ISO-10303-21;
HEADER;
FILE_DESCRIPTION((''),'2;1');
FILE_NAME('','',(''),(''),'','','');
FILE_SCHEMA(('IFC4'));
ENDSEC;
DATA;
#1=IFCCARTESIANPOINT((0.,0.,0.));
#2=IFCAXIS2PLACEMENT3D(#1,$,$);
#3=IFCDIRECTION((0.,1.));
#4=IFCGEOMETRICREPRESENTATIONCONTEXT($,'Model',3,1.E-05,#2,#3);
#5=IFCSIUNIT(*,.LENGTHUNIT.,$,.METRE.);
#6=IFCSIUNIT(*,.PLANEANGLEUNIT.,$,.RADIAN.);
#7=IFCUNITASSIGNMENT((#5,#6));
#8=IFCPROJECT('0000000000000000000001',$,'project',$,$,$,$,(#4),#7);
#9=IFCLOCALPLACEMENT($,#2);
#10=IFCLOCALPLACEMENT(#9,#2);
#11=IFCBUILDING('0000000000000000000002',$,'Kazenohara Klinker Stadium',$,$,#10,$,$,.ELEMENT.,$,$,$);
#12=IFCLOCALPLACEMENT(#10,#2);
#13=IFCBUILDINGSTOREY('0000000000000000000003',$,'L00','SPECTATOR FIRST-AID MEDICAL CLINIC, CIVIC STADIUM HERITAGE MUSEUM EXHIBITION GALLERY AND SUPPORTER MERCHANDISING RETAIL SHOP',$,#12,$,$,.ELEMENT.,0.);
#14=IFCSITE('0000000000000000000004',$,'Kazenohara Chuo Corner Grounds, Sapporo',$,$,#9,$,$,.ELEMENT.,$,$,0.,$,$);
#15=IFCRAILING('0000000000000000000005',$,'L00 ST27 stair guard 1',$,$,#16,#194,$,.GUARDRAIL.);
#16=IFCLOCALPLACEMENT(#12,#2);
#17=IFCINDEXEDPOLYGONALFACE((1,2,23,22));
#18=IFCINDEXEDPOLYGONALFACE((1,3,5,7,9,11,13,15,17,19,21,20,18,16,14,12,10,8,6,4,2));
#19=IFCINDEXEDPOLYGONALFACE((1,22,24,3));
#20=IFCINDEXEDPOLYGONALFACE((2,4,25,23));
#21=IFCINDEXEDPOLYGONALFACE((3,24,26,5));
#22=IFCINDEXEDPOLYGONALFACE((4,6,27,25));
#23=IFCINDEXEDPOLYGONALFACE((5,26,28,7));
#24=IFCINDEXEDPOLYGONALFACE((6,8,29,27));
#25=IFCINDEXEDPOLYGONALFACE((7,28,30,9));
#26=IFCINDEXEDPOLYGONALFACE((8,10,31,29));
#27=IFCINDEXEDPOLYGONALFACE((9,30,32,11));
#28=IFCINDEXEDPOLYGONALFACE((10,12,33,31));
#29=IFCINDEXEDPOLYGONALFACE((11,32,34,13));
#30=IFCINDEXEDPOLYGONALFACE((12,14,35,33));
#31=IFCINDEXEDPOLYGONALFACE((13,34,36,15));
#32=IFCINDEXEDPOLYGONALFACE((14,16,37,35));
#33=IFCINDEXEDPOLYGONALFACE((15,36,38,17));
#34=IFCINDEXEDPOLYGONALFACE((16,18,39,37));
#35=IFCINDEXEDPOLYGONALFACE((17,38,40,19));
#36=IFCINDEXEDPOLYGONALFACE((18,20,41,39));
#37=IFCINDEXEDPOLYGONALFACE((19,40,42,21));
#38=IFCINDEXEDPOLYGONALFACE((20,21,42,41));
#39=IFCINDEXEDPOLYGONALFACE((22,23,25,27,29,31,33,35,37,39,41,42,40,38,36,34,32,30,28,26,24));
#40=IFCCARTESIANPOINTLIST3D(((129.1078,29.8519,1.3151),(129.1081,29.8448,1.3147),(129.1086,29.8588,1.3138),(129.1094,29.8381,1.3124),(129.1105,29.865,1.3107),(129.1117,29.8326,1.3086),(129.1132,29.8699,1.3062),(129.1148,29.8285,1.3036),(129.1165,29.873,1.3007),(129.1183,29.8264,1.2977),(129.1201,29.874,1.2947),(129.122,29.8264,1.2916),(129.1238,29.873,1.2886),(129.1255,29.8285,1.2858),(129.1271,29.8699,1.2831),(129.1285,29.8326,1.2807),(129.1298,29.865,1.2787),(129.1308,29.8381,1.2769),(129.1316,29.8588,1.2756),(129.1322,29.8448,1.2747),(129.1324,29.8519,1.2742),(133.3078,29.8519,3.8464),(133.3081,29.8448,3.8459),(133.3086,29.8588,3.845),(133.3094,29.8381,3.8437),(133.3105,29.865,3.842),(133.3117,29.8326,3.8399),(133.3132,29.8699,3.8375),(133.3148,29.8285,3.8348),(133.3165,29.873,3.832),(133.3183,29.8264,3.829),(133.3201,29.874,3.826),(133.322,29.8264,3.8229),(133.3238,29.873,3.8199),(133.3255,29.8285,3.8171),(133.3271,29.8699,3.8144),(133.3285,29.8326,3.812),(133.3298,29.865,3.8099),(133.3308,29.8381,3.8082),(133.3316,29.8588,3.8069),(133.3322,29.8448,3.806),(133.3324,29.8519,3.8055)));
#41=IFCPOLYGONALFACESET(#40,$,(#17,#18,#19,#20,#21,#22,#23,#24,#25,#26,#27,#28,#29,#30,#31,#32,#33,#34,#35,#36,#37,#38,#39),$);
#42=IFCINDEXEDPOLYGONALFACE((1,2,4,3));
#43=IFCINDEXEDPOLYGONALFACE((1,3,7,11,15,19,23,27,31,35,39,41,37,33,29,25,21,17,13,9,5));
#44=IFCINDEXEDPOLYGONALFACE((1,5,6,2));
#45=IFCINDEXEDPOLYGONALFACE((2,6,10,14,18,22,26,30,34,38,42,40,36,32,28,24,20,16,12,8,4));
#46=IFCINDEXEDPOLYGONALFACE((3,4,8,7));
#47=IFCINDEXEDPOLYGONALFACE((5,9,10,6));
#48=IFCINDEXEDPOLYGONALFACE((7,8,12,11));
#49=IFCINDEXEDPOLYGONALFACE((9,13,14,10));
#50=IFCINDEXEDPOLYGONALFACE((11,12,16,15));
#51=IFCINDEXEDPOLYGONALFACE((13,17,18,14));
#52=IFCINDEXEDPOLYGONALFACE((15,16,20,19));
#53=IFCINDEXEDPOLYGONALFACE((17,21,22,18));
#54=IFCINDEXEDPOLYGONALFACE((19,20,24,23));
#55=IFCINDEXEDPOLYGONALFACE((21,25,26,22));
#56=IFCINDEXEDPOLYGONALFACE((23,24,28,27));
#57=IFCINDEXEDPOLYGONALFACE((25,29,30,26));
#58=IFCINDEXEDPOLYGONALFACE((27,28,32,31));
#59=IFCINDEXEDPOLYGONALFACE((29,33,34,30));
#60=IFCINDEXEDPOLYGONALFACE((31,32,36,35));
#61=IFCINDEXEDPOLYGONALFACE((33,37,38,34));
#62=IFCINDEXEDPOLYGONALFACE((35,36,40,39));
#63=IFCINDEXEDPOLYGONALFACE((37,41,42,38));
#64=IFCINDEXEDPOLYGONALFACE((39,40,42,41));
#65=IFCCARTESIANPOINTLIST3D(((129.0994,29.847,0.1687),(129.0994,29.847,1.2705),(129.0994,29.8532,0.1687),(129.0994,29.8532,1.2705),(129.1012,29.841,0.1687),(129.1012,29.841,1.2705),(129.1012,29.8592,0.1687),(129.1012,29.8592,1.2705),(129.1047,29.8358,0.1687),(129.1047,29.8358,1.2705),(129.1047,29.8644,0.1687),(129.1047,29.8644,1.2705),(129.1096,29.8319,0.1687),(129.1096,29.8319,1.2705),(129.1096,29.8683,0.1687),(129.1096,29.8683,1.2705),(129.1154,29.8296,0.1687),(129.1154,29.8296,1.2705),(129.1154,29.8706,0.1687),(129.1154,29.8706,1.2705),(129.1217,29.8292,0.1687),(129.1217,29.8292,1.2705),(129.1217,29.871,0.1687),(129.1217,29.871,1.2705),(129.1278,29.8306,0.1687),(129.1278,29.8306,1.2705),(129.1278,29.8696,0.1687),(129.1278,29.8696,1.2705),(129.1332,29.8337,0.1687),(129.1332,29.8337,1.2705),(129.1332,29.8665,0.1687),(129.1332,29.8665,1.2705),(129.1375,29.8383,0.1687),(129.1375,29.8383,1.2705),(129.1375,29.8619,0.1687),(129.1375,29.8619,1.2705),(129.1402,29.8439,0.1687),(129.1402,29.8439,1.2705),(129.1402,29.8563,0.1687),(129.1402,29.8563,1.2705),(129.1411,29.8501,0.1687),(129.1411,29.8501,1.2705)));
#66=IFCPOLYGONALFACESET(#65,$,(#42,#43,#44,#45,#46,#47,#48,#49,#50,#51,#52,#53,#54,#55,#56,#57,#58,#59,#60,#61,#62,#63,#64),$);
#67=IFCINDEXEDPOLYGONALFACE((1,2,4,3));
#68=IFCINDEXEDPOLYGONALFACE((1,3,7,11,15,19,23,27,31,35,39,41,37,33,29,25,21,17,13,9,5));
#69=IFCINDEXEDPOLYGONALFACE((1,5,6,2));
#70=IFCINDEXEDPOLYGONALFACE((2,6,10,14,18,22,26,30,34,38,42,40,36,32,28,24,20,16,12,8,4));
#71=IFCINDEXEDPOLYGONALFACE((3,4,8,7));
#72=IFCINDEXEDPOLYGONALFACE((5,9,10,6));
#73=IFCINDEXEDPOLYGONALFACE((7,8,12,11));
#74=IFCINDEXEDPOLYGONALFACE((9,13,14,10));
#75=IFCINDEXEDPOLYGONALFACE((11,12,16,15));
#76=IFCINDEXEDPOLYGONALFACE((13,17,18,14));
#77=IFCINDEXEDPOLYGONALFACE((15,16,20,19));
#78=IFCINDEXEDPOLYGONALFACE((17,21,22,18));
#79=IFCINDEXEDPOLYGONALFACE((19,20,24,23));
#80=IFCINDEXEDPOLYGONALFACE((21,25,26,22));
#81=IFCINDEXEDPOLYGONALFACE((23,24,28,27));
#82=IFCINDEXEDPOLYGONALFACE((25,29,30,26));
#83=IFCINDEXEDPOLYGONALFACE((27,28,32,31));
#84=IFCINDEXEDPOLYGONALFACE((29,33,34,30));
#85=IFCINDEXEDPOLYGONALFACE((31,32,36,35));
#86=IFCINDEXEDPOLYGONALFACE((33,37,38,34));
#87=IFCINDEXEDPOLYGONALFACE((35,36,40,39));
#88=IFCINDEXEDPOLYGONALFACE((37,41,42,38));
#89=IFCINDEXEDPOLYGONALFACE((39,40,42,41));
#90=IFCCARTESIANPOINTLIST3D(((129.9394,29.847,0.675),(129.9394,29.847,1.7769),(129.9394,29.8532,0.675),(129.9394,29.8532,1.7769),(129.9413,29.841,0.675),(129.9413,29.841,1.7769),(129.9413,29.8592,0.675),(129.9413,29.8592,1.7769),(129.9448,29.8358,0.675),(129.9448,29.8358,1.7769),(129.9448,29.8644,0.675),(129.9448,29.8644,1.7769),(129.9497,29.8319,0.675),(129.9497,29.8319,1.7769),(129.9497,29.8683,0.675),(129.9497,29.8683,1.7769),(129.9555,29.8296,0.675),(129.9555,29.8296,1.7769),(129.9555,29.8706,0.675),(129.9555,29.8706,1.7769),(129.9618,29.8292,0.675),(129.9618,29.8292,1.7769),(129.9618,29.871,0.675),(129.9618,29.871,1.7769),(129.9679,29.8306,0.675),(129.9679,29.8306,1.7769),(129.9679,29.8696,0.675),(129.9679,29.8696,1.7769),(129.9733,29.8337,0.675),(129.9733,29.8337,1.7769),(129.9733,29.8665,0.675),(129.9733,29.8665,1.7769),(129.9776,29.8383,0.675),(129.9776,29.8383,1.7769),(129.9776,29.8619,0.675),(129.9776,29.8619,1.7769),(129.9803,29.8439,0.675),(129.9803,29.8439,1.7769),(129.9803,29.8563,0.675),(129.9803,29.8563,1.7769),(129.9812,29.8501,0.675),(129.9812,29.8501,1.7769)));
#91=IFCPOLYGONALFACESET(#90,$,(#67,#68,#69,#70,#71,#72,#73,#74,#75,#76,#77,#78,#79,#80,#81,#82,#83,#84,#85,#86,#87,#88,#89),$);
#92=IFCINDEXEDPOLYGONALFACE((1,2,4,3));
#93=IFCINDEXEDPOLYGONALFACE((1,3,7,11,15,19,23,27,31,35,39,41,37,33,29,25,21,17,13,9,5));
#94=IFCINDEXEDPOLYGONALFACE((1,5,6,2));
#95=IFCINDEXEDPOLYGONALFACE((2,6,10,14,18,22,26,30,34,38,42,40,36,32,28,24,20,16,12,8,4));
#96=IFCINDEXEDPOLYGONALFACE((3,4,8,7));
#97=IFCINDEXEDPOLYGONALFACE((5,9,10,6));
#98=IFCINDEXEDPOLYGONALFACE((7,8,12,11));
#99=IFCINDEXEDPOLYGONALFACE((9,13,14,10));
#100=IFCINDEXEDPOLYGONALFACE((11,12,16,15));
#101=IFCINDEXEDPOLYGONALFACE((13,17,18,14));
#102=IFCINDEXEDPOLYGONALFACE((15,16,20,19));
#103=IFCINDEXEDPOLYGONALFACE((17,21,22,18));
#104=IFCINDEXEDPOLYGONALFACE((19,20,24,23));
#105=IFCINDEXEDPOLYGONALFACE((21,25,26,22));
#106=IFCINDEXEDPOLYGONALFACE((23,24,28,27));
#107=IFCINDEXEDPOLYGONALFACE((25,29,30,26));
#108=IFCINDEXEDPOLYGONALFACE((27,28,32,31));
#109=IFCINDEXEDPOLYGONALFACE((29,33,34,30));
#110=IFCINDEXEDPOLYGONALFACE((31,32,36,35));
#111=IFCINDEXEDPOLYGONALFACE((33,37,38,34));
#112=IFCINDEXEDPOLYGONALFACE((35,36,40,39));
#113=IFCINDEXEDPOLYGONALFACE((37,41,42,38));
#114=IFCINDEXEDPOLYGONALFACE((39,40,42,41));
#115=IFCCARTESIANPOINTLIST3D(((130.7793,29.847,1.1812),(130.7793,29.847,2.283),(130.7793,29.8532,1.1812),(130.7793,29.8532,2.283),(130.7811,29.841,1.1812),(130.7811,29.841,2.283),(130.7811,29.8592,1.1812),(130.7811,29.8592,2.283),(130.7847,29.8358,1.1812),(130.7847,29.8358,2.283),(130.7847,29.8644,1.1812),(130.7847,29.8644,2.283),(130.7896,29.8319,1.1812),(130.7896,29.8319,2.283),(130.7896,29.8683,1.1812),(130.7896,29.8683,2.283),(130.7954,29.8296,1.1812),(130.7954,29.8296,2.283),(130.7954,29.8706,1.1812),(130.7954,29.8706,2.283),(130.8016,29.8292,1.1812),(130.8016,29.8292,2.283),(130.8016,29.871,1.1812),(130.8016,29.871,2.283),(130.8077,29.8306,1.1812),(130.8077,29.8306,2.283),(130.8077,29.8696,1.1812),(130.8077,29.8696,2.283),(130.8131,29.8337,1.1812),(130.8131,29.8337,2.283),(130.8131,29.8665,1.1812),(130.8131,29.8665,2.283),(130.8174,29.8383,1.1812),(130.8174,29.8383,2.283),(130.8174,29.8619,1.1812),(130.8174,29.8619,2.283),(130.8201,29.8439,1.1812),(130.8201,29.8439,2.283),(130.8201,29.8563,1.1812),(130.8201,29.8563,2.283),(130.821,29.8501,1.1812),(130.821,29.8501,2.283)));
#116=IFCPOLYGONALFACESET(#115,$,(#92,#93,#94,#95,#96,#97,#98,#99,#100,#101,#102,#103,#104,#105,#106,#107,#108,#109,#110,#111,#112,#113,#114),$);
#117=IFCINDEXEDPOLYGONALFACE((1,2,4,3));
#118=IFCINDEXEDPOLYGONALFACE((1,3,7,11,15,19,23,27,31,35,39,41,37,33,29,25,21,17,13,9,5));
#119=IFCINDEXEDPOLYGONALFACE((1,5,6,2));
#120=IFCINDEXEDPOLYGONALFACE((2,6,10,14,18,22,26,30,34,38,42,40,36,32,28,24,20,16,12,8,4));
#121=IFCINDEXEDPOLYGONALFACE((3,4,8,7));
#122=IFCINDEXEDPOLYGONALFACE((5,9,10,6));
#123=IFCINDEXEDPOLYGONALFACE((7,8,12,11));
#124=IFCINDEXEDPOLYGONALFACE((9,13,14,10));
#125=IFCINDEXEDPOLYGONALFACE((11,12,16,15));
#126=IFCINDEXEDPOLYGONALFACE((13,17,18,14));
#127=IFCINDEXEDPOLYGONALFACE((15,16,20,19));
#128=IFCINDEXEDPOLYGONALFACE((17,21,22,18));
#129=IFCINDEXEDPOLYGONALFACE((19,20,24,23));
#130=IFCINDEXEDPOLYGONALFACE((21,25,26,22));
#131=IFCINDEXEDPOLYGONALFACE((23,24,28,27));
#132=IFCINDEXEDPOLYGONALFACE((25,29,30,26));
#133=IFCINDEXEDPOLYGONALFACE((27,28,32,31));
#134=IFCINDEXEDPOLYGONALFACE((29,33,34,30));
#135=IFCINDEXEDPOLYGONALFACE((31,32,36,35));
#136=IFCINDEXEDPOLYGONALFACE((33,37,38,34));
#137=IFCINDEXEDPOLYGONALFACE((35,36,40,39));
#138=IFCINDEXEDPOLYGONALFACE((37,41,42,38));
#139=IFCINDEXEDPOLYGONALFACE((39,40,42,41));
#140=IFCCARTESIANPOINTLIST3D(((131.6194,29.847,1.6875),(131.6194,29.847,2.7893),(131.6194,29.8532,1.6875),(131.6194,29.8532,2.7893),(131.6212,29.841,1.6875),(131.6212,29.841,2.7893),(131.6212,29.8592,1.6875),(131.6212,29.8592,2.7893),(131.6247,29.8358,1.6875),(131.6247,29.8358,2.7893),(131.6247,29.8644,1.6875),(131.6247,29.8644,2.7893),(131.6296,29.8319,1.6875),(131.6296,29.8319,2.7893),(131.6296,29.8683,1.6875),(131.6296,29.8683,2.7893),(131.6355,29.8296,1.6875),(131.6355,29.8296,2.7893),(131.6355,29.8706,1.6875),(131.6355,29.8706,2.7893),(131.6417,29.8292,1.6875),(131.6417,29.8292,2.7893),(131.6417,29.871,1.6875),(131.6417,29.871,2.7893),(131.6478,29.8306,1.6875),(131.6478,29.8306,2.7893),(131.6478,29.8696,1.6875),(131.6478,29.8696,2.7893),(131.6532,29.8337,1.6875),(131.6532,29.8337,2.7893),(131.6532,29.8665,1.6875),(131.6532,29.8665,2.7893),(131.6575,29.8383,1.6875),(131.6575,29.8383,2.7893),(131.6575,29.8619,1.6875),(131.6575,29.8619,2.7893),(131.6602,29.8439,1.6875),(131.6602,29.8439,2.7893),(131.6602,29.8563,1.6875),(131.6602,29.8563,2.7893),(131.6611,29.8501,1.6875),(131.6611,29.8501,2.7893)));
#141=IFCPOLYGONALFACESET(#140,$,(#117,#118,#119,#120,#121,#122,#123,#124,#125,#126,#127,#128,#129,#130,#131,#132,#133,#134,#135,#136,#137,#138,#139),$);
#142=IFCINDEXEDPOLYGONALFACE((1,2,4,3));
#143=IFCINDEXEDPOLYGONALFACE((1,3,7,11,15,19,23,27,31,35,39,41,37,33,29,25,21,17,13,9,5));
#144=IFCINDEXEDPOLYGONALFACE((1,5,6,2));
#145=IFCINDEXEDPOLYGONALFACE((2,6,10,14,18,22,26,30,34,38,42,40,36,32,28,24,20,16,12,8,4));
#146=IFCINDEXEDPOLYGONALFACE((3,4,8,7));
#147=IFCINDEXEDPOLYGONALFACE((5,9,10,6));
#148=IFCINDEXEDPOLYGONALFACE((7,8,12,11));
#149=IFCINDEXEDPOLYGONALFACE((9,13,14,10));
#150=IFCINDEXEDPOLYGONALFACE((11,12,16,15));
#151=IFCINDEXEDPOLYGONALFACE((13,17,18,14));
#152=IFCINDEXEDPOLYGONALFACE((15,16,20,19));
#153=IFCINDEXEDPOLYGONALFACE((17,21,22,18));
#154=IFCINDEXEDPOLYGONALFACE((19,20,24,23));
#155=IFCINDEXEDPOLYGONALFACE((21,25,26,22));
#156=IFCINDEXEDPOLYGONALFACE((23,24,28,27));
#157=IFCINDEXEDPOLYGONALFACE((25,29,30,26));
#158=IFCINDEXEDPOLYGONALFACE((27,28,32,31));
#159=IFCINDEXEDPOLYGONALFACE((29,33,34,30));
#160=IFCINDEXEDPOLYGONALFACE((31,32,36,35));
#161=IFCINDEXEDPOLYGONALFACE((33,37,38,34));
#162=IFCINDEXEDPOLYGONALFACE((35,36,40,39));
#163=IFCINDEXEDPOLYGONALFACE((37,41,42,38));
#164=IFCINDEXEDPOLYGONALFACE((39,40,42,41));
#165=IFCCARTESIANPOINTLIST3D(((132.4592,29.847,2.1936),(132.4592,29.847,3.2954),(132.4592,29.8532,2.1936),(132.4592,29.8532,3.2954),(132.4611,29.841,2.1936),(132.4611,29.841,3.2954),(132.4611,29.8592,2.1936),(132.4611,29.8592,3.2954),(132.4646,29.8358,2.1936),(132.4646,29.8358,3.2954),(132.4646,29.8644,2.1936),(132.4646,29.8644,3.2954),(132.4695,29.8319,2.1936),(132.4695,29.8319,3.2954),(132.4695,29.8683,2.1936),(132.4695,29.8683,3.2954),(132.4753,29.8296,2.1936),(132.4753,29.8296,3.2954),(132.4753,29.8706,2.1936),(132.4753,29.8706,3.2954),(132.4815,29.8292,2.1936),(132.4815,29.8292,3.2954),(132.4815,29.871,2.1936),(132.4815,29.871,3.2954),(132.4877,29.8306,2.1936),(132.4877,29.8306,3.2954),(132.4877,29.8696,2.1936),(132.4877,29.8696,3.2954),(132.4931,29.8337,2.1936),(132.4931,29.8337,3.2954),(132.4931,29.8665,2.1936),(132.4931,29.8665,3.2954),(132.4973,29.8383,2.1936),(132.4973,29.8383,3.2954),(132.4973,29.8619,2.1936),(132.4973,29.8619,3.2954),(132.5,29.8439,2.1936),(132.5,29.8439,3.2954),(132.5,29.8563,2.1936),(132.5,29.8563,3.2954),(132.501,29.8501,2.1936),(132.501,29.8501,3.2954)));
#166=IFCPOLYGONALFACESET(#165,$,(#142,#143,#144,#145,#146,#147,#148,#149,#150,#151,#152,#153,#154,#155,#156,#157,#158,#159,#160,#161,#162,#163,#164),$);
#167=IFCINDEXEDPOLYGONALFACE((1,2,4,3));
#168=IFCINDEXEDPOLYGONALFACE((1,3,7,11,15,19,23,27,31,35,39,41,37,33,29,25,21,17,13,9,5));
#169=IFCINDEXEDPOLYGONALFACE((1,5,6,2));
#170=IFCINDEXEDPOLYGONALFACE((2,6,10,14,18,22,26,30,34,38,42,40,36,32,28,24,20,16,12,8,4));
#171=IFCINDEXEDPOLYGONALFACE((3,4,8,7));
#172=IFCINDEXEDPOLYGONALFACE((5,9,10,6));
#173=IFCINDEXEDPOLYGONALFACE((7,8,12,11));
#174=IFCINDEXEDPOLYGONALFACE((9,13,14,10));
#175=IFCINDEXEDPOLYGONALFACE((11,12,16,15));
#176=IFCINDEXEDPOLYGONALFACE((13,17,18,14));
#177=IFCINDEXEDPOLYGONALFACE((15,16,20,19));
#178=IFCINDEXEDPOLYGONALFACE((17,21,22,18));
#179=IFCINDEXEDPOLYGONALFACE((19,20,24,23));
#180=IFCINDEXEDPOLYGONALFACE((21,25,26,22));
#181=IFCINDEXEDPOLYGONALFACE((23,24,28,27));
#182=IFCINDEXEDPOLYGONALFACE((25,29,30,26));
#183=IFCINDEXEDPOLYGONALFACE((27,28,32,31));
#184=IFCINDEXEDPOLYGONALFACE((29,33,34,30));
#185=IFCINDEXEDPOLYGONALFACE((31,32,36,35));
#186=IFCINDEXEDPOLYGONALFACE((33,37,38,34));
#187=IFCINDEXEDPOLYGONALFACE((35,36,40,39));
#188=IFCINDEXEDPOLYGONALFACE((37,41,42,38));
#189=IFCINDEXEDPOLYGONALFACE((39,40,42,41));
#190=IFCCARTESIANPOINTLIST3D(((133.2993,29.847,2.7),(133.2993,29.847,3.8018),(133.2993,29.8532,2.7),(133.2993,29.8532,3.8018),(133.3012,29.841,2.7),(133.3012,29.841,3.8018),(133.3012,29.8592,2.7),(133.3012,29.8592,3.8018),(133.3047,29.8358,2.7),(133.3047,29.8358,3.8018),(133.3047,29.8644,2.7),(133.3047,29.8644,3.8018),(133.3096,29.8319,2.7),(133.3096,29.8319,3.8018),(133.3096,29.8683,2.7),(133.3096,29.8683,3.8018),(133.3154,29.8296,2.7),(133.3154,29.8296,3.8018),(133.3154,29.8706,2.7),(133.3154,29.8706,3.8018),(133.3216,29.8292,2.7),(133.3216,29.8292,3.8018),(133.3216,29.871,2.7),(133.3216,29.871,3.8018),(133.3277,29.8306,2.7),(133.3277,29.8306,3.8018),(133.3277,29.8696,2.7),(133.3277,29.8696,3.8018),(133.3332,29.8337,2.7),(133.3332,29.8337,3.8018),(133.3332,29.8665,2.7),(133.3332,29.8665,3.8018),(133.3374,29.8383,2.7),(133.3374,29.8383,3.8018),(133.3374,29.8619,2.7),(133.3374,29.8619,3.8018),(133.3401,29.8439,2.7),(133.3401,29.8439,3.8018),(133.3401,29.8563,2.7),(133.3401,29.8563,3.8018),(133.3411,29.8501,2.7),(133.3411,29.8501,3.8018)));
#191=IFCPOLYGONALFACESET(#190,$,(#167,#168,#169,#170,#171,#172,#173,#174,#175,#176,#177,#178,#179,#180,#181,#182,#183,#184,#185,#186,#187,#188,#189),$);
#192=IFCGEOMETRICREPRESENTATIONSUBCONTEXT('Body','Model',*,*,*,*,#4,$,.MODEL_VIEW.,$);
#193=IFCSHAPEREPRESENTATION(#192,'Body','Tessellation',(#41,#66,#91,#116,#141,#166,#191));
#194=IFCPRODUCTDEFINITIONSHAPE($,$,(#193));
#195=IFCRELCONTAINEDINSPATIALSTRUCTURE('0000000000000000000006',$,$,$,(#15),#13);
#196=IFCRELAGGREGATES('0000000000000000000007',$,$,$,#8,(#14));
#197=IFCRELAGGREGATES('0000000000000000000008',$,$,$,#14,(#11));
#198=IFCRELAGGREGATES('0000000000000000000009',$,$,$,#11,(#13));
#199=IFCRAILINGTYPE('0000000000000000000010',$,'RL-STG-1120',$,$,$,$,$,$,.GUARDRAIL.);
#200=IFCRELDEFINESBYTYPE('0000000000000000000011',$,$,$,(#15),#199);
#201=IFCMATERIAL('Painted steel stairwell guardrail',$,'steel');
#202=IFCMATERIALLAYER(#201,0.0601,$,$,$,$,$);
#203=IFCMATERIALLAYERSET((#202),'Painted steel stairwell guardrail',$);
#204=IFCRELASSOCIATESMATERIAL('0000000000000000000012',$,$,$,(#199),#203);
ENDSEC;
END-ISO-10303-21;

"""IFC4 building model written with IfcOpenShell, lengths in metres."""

from ifc_helpers import new_model, si_unit, direction, frame, origin, origin_2d, place, context, subcontext, project, spatial, circle, extrude, material, layer, layer_set, type_object, element, save


model = new_model("IFC4")

# Units and contexts
model_context = context("Model", 3, precision=1e-05, world=origin(), true_north=direction((0.0, 1.0)))
body_context = subcontext(model_context, "Body", "Model", "MODEL_VIEW")
ifc_project = project(units=[si_unit("LENGTHUNIT", "METRE"), si_unit("PLANEANGLEUNIT", "RADIAN")], contexts=[model_context])

# Site, building, storey
site_placement = place(None, origin())
site = spatial("IfcSite", under=ifc_project, at=site_placement, Name="Kazenohara Chuo Corner Grounds, Sapporo", CompositionType="ELEMENT", RefElevation=0.0)
building_placement = place(site_placement, origin())
building = spatial("IfcBuilding", under=site, at=building_placement, Name="Kazenohara Klinker Stadium", CompositionType="ELEMENT")
storey_placement = place(building_placement, origin())
storey = spatial("IfcBuildingStorey", under=building, at=storey_placement, Name="L00", Description="SPECTATOR FIRST-AID MEDICAL CLINIC, CIVIC STADIUM HERITAGE MUSEUM EXHIBITION GALLERY AND SUPPORTER MERCHANDISING RETAIL SHOP", CompositionType="ELEMENT", Elevation=0.0)

# Railing
ifc_material_1 = material(Name="Painted steel stairwell guardrail", Category="steel")
ifc_layer_1 = layer(ifc_material_1, 0.0601)
ifc_layer_set_1 = layer_set([ifc_layer_1], Name="Painted steel stairwell guardrail")
railing_type_1 = type_object("IfcRailingType", Name="RL-STG-1120", PredefinedType="GUARDRAIL", material=ifc_layer_set_1)
railing_1_placement = place(storey_placement, frame((129.1201, 29.8501, 0.1687)))
element("IfcRailing", 1, at=railing_1_placement, inside=storey, type_object=railing_type_1, Name="L00 ST27 stair guard 1", PredefinedType="GUARDRAIL", context=body_context, shape_type="SweptSolid", body=[
    extrude(circle(Radius=0.0239, at=origin_2d()), frame((0.0, 0.0, 1.126), z_axis=(0.856476, 0.0, 0.516186), x_axis=(0.0, 1.0, 0.0)), (0.0, 0.0, 1.0), 4.9038),
    extrude(circle(Radius=0.021, at=origin_2d()), origin(), (0.0, 0.0, 1.0), 1.1018),
    extrude(circle(Radius=0.021, at=origin_2d()), frame((0.8401, 0.0, 0.5063)), (0.0, 0.0, 1.0), 1.1018),
    extrude(circle(Radius=0.021, at=origin_2d()), frame((1.6799, 0.0, 1.0125)), (0.0, 0.0, 1.0), 1.1018),
    extrude(circle(Radius=0.021, at=origin_2d()), frame((2.52, 0.0, 1.5188)), (0.0, 0.0, 1.0), 1.1018),
    extrude(circle(Radius=0.021, at=origin_2d()), frame((3.3599, 0.0, 2.0249)), (0.0, 0.0, 1.0), 1.1018),
    extrude(circle(Radius=0.021, at=origin_2d()), frame((4.2, 0.0, 2.5312)), (0.0, 0.0, 1.0), 1.1018),
])

save(model, "model.ifc")
